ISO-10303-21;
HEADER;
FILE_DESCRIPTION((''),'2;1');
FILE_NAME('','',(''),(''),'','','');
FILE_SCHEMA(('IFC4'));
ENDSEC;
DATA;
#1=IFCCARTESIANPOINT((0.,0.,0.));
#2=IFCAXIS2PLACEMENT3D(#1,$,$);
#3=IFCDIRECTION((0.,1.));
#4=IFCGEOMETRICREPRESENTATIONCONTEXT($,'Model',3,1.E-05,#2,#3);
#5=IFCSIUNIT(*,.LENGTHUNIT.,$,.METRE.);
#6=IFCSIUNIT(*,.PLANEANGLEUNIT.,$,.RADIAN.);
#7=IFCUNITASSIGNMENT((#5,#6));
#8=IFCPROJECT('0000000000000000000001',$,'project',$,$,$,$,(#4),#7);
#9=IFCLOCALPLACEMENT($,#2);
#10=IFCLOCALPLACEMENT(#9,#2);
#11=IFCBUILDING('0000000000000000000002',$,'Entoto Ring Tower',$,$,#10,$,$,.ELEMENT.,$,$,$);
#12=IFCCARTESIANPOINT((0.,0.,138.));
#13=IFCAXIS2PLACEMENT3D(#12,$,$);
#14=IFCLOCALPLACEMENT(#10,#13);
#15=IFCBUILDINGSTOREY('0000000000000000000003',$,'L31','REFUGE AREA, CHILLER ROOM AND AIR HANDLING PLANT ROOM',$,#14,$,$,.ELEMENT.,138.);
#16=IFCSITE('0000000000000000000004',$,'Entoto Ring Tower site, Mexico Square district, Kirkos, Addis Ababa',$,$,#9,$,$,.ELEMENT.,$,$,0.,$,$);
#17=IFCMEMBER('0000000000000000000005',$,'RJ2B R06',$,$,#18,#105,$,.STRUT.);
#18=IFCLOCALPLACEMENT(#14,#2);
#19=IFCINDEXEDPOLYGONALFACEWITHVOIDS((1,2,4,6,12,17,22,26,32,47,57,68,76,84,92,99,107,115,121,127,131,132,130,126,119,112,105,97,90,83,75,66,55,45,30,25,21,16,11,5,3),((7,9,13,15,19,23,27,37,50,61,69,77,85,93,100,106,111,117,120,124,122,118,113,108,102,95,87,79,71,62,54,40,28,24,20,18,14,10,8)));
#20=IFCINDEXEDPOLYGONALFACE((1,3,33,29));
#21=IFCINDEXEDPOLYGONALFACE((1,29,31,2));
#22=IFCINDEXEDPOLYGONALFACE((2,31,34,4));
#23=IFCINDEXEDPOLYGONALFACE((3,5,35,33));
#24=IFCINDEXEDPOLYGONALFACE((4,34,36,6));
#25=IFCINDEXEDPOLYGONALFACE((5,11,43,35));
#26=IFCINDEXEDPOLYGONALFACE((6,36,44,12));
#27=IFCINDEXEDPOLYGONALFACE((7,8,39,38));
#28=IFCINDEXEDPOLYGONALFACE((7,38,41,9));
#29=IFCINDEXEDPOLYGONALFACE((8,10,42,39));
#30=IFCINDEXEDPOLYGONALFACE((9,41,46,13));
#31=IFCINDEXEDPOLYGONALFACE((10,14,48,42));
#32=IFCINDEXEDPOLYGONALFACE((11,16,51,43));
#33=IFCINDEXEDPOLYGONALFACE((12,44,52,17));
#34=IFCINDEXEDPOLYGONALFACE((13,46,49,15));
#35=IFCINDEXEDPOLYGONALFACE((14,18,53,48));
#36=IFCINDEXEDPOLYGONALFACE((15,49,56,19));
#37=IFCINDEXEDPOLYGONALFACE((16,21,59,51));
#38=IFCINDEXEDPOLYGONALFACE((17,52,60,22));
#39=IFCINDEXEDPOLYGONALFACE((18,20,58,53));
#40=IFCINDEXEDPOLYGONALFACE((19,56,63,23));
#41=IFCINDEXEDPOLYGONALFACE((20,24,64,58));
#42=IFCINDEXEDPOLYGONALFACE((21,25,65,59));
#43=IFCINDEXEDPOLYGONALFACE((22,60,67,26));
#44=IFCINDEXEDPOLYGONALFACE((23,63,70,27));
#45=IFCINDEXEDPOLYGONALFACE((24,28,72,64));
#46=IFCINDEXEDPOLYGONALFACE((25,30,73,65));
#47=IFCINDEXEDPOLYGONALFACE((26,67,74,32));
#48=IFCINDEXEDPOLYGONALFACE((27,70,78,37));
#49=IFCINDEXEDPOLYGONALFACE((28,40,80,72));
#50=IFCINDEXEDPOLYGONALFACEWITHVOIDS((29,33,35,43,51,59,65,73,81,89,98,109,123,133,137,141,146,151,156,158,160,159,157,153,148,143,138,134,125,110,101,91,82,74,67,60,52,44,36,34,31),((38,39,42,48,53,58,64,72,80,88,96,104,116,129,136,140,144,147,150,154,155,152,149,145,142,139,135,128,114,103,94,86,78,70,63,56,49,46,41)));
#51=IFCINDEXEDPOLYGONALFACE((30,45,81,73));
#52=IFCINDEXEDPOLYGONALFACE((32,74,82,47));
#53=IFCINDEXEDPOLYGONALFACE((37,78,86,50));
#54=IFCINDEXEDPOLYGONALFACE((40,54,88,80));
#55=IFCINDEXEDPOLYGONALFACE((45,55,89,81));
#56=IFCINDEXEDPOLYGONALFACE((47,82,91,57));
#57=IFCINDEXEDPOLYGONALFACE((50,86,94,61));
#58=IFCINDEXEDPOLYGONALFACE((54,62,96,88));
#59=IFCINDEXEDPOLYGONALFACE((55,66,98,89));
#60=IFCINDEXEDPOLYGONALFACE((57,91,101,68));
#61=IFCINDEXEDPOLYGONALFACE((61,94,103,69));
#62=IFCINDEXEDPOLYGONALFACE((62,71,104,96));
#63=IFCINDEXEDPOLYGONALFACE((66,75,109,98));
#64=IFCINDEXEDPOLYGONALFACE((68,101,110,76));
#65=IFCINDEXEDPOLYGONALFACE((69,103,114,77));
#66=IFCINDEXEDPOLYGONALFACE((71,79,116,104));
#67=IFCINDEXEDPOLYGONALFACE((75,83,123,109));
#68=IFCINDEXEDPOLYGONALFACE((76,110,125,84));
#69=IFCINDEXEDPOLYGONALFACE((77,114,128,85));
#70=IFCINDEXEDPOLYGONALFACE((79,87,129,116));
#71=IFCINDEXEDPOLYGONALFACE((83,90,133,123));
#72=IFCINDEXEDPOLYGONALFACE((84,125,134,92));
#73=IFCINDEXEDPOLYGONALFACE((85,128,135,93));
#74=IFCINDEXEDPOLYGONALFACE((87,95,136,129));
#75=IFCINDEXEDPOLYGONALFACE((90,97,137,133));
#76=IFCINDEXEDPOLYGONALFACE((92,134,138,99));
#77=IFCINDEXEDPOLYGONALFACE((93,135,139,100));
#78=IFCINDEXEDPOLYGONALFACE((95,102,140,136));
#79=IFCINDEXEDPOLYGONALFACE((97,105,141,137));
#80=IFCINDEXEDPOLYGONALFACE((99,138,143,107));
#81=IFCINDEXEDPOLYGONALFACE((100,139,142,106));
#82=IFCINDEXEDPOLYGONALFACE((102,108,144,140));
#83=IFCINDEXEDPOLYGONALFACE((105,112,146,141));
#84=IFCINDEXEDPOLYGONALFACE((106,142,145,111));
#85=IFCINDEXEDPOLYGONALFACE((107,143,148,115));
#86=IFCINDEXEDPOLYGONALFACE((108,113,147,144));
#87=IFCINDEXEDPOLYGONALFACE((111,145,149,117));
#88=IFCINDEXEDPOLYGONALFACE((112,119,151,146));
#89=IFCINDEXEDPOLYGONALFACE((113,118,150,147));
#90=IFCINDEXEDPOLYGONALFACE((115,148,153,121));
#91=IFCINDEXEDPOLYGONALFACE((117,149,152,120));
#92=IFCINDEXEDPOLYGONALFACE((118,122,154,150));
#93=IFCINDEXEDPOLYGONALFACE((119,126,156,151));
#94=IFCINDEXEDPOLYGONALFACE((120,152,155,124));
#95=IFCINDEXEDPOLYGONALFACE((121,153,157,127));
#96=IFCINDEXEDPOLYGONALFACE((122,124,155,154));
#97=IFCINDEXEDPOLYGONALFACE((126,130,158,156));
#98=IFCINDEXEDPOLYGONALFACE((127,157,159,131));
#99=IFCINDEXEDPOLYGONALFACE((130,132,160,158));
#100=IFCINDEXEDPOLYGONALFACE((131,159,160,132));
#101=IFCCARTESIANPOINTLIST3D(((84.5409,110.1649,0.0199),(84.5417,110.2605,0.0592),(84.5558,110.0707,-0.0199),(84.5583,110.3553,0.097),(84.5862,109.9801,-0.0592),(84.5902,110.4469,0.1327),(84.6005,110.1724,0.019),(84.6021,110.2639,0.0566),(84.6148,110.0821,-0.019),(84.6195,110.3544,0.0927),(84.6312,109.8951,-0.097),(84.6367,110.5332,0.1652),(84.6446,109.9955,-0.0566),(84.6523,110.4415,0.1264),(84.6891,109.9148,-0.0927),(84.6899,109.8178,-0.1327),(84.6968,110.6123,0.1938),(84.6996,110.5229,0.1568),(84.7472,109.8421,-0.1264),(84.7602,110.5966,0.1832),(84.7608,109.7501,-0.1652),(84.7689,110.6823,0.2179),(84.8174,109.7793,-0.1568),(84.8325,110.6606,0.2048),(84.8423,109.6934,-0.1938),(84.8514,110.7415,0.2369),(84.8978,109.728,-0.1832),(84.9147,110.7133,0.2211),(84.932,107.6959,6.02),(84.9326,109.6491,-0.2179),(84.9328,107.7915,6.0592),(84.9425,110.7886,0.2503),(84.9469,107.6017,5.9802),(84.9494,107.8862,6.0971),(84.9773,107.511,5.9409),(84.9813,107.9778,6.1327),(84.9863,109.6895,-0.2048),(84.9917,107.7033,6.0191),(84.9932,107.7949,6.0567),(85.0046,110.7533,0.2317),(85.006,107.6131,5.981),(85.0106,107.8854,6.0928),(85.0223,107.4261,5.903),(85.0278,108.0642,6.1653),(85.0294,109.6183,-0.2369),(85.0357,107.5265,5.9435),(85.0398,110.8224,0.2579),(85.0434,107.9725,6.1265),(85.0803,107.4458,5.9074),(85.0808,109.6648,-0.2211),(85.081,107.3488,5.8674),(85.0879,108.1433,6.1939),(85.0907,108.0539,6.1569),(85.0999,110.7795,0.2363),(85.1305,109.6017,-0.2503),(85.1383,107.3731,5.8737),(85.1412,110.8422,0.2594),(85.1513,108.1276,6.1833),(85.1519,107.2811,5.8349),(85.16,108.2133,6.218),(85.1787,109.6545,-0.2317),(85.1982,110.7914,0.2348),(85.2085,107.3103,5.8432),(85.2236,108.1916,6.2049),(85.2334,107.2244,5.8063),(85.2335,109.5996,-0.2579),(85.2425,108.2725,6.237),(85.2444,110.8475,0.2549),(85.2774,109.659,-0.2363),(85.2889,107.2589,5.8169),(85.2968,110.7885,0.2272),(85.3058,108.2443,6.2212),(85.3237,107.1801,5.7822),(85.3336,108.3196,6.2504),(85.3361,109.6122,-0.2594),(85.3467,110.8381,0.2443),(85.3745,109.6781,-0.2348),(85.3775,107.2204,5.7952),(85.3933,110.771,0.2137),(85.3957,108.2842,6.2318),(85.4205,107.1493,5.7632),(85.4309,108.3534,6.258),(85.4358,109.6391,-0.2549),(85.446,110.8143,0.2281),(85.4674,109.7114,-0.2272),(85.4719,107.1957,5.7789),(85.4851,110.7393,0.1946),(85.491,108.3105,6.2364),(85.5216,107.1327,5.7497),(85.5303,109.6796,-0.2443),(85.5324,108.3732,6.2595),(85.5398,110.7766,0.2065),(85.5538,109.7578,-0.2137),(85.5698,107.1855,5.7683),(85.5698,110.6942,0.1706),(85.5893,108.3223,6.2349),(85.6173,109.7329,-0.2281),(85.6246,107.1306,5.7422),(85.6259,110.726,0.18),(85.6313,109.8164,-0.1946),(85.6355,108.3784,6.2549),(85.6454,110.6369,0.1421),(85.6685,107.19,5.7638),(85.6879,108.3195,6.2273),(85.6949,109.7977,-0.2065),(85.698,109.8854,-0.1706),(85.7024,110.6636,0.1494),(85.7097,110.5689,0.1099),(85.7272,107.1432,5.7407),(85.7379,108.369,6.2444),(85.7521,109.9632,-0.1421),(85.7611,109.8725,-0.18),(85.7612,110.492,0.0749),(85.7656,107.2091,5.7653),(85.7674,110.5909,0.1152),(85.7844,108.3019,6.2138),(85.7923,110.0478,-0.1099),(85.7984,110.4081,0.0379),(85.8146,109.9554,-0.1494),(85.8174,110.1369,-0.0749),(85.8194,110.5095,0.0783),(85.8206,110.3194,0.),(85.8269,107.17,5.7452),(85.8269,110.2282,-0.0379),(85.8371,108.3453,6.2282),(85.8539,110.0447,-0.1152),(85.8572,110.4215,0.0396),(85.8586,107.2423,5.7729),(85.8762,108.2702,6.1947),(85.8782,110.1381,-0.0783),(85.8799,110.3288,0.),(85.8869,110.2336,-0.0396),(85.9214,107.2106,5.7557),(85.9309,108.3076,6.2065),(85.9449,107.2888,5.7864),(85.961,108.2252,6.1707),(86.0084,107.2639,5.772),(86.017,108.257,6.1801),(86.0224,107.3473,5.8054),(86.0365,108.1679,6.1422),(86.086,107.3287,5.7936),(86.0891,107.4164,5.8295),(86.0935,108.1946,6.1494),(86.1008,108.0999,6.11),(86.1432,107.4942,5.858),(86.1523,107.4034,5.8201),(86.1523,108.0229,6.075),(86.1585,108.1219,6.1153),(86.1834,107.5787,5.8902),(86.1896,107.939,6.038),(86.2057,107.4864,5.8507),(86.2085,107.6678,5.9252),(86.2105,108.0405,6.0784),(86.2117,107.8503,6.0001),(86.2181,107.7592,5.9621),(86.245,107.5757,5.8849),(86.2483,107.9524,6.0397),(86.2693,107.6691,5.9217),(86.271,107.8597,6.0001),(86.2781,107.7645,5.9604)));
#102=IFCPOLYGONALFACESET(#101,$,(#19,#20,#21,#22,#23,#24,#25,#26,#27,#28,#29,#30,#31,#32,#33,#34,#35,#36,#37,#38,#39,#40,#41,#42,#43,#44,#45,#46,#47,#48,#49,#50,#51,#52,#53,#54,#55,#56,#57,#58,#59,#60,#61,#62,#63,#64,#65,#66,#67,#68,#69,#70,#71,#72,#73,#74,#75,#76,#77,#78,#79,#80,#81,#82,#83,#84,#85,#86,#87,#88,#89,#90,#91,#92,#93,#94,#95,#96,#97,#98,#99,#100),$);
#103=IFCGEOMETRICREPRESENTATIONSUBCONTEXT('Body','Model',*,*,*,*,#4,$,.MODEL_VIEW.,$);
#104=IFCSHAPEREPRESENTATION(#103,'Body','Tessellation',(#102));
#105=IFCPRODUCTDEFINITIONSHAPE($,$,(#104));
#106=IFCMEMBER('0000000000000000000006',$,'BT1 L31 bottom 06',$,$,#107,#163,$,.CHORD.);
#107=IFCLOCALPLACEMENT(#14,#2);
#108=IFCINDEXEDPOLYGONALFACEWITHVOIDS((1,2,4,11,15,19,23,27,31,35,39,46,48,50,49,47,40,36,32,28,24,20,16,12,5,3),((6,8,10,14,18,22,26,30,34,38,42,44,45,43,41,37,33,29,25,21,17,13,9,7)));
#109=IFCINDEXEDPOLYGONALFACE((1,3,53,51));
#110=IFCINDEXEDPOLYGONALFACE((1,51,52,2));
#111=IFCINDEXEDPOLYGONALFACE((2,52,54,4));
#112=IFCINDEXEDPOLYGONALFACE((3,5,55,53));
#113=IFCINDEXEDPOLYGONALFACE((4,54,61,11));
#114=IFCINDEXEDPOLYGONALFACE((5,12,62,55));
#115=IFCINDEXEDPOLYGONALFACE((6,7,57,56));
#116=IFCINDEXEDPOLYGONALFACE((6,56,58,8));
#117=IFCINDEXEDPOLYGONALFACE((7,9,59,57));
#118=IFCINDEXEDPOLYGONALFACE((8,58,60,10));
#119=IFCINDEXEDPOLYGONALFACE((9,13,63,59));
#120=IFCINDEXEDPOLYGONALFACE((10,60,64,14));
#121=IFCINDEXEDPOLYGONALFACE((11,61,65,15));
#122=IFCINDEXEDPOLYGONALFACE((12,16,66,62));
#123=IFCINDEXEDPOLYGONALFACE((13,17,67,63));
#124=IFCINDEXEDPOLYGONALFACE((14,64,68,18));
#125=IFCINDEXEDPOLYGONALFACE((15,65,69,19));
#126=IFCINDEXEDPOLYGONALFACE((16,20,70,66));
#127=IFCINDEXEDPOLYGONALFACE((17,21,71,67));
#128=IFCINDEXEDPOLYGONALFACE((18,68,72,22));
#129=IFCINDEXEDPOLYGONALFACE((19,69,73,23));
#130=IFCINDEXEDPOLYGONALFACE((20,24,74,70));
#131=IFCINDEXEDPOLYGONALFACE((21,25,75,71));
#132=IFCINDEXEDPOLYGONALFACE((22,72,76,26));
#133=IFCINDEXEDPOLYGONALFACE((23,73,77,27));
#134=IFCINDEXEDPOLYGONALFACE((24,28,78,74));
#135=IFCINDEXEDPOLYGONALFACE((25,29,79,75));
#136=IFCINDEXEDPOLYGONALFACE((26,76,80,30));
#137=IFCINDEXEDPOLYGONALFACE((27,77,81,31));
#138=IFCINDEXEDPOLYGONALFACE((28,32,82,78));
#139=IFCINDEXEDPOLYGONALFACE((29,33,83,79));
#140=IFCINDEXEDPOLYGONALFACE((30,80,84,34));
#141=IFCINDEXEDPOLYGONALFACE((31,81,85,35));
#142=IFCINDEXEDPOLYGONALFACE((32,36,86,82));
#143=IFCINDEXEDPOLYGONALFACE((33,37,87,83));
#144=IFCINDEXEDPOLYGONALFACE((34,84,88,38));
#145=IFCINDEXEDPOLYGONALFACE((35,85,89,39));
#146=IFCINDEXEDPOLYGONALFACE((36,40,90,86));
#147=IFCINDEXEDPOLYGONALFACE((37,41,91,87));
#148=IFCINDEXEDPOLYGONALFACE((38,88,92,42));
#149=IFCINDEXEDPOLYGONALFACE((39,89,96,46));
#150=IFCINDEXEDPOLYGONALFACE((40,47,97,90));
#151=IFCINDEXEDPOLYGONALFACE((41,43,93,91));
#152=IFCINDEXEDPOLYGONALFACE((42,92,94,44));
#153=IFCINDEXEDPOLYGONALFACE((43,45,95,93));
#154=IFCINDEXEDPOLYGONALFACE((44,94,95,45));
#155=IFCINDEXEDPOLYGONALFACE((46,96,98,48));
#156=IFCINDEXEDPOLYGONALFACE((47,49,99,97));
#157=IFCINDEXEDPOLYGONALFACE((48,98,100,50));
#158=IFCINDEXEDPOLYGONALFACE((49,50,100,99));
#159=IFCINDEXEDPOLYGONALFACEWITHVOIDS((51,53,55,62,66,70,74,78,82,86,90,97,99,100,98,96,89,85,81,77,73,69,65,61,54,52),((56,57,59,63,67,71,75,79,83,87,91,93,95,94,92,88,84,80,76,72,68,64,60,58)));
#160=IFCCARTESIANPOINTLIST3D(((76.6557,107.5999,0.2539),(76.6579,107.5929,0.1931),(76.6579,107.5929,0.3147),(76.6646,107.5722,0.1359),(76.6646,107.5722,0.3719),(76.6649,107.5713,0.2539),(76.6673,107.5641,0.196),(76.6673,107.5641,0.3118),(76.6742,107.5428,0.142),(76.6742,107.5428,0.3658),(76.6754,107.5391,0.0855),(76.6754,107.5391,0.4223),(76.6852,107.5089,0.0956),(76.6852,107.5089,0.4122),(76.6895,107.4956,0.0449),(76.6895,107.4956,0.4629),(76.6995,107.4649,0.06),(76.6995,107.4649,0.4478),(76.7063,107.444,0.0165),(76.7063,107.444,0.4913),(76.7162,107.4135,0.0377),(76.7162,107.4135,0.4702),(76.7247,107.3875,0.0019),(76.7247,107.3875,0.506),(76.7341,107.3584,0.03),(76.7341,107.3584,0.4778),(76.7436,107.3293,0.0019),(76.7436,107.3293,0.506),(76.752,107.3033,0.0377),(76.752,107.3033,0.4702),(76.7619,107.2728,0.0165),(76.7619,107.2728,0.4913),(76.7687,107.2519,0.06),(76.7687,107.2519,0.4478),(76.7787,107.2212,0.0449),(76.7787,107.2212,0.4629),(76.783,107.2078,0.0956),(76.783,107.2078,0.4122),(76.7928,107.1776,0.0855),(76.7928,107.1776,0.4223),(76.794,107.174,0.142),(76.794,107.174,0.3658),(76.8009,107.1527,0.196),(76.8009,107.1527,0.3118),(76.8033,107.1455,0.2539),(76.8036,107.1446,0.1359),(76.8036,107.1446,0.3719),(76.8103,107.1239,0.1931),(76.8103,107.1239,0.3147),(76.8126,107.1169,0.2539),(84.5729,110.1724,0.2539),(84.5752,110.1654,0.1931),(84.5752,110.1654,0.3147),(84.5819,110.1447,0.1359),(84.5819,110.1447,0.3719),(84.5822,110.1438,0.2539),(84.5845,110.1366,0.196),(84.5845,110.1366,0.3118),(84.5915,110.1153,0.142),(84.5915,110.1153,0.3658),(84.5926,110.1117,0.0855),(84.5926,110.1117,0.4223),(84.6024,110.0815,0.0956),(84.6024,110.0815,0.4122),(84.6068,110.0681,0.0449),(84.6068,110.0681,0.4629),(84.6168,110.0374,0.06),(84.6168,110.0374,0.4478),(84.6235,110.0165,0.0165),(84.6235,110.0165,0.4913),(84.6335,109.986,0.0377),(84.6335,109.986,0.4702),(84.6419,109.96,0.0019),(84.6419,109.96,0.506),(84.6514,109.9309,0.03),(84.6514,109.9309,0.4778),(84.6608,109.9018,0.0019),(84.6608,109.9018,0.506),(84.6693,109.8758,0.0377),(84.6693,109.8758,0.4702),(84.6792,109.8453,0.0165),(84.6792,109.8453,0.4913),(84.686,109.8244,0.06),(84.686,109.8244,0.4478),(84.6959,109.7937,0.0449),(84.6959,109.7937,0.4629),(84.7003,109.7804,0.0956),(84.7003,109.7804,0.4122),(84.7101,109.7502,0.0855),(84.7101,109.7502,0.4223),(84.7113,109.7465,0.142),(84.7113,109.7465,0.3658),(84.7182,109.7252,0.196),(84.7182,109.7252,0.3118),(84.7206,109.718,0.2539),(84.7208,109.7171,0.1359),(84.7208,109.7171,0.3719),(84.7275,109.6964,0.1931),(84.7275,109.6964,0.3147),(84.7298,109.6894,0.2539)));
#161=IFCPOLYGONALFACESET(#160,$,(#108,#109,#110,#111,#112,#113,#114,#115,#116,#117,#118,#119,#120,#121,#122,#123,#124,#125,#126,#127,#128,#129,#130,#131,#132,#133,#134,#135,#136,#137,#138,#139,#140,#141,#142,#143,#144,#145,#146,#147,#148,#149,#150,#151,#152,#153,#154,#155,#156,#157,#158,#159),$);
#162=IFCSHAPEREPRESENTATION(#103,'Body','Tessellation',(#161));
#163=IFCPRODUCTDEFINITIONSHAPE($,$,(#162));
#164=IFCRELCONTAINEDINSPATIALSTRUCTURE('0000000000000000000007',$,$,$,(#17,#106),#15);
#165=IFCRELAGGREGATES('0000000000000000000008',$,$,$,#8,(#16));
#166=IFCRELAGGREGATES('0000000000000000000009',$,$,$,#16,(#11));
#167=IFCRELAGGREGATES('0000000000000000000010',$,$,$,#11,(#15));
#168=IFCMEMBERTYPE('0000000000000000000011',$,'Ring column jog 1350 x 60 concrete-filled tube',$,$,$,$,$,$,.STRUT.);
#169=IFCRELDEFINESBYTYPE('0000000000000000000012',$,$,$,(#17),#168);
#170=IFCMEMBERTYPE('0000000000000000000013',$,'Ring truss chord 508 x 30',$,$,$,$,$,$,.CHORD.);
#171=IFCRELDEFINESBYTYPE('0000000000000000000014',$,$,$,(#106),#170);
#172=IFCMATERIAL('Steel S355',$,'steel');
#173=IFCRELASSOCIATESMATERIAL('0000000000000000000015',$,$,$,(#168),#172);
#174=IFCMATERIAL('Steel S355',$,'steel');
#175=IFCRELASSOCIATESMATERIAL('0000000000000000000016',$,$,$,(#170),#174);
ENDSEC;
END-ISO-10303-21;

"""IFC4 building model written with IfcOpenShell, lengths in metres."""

from ifc_helpers import new_model, si_unit, direction, frame, origin, origin_2d, place, context, subcontext, project, spatial, circle, hollow_circle, extrude, material, material_profile, profile_set, type_object, element, save


model = new_model("IFC4")

# Units and contexts
model_context = context("Model", 3, precision=1e-05, world=origin(), true_north=direction((0.0, 1.0)))
body_context = subcontext(model_context, "Body", "Model", "MODEL_VIEW")
ifc_project = project(units=[si_unit("LENGTHUNIT", "METRE"), si_unit("PLANEANGLEUNIT", "RADIAN")], contexts=[model_context])

# Site, building, storey
site_placement = place(None, origin())
site = spatial("IfcSite", under=ifc_project, at=site_placement, Name="Entoto Ring Tower site, Mexico Square district, Kirkos, Addis Ababa", CompositionType="ELEMENT", RefElevation=0.0)
building_placement = place(site_placement, origin())
building = spatial("IfcBuilding", under=site, at=building_placement, Name="Entoto Ring Tower", CompositionType="ELEMENT")
storey_placement = place(building_placement, frame((0.0, 0.0, 138.0)))
storey = spatial("IfcBuildingStorey", under=building, at=storey_placement, Name="L31", Description="REFUGE AREA, CHILLER ROOM AND AIR HANDLING PLANT ROOM", CompositionType="ELEMENT", Elevation=138.0)

# Members
ifc_material_1 = material(Name="Steel S355", Category="steel")
ifc_material_profile_1 = material_profile(ifc_material_1, hollow_circle(Radius=0.675, WallThickness=0.0601, at=origin_2d()), Name="CHS 1350 x 60")
ifc_material_2 = material(Name="Concrete C60/75", Category="concrete")
ifc_material_profile_2 = material_profile(ifc_material_2, circle(Radius=0.615, at=origin_2d()), Name="Concrete C60/75 infill")
ifc_profile_set_1 = profile_set([ifc_material_profile_1, ifc_material_profile_2], Name="Steel S355")
member_type_1 = type_object("IfcMemberType", Name="Ring column jog 1350 x 60 concrete-filled tube", PredefinedType="STRUT", material=ifc_profile_set_1)
member_1_placement = place(storey_placement, frame((85.2131, 110.2231, 0.0), z_axis=(0.060172, -0.37985, 0.923089), x_axis=(0.987684, 0.156459, 0.0)))
element("IfcMember", 1, at=member_1_placement, inside=storey, type_object=member_type_1, Name="RJ2B R06", PredefinedType="STRUT", context=body_context, shape_type="SweptSolid", body=[
    extrude(hollow_circle(Radius=0.675, WallThickness=0.0601, at=origin_2d()), origin(), (0.0, 0.0, 1.0), 6.5),
])
ifc_material_3 = material(Name="Steel S355", Category="steel")
ifc_material_profile_3 = material_profile(ifc_material_3, hollow_circle(Radius=0.2539, WallThickness=0.03, at=origin_2d()), Name="CHS 508 x 30")
ifc_material_4 = material(Name="Concrete C60/75", Category="concrete")
ifc_material_profile_4 = material_profile(ifc_material_4, circle(Radius=0.2241, at=origin_2d()), Name="Concrete C60/75 infill")
ifc_profile_set_2 = profile_set([ifc_material_profile_3, ifc_material_profile_4], Name="Steel S355")
member_type_2 = type_object("IfcMemberType", Name="Ring truss chord 508 x 30", PredefinedType="CHORD", material=ifc_profile_set_2)
member_2_placement = place(storey_placement, frame((84.6514, 109.9309, 0.2539), z_axis=(-0.951055, -0.309022, 0.0), x_axis=(0.309022, -0.951055, 0.0)))
element("IfcMember", 2, at=member_2_placement, inside=storey, type_object=member_type_2, Name="BT1 L31 bottom 06", PredefinedType="CHORD", context=body_context, shape_type="SweptSolid", body=[
    extrude(hollow_circle(Radius=0.2539, WallThickness=0.03, at=origin_2d()), origin(), (0.0, 0.0, 1.0), 8.3247),
])

save(model, "model.ifc")
